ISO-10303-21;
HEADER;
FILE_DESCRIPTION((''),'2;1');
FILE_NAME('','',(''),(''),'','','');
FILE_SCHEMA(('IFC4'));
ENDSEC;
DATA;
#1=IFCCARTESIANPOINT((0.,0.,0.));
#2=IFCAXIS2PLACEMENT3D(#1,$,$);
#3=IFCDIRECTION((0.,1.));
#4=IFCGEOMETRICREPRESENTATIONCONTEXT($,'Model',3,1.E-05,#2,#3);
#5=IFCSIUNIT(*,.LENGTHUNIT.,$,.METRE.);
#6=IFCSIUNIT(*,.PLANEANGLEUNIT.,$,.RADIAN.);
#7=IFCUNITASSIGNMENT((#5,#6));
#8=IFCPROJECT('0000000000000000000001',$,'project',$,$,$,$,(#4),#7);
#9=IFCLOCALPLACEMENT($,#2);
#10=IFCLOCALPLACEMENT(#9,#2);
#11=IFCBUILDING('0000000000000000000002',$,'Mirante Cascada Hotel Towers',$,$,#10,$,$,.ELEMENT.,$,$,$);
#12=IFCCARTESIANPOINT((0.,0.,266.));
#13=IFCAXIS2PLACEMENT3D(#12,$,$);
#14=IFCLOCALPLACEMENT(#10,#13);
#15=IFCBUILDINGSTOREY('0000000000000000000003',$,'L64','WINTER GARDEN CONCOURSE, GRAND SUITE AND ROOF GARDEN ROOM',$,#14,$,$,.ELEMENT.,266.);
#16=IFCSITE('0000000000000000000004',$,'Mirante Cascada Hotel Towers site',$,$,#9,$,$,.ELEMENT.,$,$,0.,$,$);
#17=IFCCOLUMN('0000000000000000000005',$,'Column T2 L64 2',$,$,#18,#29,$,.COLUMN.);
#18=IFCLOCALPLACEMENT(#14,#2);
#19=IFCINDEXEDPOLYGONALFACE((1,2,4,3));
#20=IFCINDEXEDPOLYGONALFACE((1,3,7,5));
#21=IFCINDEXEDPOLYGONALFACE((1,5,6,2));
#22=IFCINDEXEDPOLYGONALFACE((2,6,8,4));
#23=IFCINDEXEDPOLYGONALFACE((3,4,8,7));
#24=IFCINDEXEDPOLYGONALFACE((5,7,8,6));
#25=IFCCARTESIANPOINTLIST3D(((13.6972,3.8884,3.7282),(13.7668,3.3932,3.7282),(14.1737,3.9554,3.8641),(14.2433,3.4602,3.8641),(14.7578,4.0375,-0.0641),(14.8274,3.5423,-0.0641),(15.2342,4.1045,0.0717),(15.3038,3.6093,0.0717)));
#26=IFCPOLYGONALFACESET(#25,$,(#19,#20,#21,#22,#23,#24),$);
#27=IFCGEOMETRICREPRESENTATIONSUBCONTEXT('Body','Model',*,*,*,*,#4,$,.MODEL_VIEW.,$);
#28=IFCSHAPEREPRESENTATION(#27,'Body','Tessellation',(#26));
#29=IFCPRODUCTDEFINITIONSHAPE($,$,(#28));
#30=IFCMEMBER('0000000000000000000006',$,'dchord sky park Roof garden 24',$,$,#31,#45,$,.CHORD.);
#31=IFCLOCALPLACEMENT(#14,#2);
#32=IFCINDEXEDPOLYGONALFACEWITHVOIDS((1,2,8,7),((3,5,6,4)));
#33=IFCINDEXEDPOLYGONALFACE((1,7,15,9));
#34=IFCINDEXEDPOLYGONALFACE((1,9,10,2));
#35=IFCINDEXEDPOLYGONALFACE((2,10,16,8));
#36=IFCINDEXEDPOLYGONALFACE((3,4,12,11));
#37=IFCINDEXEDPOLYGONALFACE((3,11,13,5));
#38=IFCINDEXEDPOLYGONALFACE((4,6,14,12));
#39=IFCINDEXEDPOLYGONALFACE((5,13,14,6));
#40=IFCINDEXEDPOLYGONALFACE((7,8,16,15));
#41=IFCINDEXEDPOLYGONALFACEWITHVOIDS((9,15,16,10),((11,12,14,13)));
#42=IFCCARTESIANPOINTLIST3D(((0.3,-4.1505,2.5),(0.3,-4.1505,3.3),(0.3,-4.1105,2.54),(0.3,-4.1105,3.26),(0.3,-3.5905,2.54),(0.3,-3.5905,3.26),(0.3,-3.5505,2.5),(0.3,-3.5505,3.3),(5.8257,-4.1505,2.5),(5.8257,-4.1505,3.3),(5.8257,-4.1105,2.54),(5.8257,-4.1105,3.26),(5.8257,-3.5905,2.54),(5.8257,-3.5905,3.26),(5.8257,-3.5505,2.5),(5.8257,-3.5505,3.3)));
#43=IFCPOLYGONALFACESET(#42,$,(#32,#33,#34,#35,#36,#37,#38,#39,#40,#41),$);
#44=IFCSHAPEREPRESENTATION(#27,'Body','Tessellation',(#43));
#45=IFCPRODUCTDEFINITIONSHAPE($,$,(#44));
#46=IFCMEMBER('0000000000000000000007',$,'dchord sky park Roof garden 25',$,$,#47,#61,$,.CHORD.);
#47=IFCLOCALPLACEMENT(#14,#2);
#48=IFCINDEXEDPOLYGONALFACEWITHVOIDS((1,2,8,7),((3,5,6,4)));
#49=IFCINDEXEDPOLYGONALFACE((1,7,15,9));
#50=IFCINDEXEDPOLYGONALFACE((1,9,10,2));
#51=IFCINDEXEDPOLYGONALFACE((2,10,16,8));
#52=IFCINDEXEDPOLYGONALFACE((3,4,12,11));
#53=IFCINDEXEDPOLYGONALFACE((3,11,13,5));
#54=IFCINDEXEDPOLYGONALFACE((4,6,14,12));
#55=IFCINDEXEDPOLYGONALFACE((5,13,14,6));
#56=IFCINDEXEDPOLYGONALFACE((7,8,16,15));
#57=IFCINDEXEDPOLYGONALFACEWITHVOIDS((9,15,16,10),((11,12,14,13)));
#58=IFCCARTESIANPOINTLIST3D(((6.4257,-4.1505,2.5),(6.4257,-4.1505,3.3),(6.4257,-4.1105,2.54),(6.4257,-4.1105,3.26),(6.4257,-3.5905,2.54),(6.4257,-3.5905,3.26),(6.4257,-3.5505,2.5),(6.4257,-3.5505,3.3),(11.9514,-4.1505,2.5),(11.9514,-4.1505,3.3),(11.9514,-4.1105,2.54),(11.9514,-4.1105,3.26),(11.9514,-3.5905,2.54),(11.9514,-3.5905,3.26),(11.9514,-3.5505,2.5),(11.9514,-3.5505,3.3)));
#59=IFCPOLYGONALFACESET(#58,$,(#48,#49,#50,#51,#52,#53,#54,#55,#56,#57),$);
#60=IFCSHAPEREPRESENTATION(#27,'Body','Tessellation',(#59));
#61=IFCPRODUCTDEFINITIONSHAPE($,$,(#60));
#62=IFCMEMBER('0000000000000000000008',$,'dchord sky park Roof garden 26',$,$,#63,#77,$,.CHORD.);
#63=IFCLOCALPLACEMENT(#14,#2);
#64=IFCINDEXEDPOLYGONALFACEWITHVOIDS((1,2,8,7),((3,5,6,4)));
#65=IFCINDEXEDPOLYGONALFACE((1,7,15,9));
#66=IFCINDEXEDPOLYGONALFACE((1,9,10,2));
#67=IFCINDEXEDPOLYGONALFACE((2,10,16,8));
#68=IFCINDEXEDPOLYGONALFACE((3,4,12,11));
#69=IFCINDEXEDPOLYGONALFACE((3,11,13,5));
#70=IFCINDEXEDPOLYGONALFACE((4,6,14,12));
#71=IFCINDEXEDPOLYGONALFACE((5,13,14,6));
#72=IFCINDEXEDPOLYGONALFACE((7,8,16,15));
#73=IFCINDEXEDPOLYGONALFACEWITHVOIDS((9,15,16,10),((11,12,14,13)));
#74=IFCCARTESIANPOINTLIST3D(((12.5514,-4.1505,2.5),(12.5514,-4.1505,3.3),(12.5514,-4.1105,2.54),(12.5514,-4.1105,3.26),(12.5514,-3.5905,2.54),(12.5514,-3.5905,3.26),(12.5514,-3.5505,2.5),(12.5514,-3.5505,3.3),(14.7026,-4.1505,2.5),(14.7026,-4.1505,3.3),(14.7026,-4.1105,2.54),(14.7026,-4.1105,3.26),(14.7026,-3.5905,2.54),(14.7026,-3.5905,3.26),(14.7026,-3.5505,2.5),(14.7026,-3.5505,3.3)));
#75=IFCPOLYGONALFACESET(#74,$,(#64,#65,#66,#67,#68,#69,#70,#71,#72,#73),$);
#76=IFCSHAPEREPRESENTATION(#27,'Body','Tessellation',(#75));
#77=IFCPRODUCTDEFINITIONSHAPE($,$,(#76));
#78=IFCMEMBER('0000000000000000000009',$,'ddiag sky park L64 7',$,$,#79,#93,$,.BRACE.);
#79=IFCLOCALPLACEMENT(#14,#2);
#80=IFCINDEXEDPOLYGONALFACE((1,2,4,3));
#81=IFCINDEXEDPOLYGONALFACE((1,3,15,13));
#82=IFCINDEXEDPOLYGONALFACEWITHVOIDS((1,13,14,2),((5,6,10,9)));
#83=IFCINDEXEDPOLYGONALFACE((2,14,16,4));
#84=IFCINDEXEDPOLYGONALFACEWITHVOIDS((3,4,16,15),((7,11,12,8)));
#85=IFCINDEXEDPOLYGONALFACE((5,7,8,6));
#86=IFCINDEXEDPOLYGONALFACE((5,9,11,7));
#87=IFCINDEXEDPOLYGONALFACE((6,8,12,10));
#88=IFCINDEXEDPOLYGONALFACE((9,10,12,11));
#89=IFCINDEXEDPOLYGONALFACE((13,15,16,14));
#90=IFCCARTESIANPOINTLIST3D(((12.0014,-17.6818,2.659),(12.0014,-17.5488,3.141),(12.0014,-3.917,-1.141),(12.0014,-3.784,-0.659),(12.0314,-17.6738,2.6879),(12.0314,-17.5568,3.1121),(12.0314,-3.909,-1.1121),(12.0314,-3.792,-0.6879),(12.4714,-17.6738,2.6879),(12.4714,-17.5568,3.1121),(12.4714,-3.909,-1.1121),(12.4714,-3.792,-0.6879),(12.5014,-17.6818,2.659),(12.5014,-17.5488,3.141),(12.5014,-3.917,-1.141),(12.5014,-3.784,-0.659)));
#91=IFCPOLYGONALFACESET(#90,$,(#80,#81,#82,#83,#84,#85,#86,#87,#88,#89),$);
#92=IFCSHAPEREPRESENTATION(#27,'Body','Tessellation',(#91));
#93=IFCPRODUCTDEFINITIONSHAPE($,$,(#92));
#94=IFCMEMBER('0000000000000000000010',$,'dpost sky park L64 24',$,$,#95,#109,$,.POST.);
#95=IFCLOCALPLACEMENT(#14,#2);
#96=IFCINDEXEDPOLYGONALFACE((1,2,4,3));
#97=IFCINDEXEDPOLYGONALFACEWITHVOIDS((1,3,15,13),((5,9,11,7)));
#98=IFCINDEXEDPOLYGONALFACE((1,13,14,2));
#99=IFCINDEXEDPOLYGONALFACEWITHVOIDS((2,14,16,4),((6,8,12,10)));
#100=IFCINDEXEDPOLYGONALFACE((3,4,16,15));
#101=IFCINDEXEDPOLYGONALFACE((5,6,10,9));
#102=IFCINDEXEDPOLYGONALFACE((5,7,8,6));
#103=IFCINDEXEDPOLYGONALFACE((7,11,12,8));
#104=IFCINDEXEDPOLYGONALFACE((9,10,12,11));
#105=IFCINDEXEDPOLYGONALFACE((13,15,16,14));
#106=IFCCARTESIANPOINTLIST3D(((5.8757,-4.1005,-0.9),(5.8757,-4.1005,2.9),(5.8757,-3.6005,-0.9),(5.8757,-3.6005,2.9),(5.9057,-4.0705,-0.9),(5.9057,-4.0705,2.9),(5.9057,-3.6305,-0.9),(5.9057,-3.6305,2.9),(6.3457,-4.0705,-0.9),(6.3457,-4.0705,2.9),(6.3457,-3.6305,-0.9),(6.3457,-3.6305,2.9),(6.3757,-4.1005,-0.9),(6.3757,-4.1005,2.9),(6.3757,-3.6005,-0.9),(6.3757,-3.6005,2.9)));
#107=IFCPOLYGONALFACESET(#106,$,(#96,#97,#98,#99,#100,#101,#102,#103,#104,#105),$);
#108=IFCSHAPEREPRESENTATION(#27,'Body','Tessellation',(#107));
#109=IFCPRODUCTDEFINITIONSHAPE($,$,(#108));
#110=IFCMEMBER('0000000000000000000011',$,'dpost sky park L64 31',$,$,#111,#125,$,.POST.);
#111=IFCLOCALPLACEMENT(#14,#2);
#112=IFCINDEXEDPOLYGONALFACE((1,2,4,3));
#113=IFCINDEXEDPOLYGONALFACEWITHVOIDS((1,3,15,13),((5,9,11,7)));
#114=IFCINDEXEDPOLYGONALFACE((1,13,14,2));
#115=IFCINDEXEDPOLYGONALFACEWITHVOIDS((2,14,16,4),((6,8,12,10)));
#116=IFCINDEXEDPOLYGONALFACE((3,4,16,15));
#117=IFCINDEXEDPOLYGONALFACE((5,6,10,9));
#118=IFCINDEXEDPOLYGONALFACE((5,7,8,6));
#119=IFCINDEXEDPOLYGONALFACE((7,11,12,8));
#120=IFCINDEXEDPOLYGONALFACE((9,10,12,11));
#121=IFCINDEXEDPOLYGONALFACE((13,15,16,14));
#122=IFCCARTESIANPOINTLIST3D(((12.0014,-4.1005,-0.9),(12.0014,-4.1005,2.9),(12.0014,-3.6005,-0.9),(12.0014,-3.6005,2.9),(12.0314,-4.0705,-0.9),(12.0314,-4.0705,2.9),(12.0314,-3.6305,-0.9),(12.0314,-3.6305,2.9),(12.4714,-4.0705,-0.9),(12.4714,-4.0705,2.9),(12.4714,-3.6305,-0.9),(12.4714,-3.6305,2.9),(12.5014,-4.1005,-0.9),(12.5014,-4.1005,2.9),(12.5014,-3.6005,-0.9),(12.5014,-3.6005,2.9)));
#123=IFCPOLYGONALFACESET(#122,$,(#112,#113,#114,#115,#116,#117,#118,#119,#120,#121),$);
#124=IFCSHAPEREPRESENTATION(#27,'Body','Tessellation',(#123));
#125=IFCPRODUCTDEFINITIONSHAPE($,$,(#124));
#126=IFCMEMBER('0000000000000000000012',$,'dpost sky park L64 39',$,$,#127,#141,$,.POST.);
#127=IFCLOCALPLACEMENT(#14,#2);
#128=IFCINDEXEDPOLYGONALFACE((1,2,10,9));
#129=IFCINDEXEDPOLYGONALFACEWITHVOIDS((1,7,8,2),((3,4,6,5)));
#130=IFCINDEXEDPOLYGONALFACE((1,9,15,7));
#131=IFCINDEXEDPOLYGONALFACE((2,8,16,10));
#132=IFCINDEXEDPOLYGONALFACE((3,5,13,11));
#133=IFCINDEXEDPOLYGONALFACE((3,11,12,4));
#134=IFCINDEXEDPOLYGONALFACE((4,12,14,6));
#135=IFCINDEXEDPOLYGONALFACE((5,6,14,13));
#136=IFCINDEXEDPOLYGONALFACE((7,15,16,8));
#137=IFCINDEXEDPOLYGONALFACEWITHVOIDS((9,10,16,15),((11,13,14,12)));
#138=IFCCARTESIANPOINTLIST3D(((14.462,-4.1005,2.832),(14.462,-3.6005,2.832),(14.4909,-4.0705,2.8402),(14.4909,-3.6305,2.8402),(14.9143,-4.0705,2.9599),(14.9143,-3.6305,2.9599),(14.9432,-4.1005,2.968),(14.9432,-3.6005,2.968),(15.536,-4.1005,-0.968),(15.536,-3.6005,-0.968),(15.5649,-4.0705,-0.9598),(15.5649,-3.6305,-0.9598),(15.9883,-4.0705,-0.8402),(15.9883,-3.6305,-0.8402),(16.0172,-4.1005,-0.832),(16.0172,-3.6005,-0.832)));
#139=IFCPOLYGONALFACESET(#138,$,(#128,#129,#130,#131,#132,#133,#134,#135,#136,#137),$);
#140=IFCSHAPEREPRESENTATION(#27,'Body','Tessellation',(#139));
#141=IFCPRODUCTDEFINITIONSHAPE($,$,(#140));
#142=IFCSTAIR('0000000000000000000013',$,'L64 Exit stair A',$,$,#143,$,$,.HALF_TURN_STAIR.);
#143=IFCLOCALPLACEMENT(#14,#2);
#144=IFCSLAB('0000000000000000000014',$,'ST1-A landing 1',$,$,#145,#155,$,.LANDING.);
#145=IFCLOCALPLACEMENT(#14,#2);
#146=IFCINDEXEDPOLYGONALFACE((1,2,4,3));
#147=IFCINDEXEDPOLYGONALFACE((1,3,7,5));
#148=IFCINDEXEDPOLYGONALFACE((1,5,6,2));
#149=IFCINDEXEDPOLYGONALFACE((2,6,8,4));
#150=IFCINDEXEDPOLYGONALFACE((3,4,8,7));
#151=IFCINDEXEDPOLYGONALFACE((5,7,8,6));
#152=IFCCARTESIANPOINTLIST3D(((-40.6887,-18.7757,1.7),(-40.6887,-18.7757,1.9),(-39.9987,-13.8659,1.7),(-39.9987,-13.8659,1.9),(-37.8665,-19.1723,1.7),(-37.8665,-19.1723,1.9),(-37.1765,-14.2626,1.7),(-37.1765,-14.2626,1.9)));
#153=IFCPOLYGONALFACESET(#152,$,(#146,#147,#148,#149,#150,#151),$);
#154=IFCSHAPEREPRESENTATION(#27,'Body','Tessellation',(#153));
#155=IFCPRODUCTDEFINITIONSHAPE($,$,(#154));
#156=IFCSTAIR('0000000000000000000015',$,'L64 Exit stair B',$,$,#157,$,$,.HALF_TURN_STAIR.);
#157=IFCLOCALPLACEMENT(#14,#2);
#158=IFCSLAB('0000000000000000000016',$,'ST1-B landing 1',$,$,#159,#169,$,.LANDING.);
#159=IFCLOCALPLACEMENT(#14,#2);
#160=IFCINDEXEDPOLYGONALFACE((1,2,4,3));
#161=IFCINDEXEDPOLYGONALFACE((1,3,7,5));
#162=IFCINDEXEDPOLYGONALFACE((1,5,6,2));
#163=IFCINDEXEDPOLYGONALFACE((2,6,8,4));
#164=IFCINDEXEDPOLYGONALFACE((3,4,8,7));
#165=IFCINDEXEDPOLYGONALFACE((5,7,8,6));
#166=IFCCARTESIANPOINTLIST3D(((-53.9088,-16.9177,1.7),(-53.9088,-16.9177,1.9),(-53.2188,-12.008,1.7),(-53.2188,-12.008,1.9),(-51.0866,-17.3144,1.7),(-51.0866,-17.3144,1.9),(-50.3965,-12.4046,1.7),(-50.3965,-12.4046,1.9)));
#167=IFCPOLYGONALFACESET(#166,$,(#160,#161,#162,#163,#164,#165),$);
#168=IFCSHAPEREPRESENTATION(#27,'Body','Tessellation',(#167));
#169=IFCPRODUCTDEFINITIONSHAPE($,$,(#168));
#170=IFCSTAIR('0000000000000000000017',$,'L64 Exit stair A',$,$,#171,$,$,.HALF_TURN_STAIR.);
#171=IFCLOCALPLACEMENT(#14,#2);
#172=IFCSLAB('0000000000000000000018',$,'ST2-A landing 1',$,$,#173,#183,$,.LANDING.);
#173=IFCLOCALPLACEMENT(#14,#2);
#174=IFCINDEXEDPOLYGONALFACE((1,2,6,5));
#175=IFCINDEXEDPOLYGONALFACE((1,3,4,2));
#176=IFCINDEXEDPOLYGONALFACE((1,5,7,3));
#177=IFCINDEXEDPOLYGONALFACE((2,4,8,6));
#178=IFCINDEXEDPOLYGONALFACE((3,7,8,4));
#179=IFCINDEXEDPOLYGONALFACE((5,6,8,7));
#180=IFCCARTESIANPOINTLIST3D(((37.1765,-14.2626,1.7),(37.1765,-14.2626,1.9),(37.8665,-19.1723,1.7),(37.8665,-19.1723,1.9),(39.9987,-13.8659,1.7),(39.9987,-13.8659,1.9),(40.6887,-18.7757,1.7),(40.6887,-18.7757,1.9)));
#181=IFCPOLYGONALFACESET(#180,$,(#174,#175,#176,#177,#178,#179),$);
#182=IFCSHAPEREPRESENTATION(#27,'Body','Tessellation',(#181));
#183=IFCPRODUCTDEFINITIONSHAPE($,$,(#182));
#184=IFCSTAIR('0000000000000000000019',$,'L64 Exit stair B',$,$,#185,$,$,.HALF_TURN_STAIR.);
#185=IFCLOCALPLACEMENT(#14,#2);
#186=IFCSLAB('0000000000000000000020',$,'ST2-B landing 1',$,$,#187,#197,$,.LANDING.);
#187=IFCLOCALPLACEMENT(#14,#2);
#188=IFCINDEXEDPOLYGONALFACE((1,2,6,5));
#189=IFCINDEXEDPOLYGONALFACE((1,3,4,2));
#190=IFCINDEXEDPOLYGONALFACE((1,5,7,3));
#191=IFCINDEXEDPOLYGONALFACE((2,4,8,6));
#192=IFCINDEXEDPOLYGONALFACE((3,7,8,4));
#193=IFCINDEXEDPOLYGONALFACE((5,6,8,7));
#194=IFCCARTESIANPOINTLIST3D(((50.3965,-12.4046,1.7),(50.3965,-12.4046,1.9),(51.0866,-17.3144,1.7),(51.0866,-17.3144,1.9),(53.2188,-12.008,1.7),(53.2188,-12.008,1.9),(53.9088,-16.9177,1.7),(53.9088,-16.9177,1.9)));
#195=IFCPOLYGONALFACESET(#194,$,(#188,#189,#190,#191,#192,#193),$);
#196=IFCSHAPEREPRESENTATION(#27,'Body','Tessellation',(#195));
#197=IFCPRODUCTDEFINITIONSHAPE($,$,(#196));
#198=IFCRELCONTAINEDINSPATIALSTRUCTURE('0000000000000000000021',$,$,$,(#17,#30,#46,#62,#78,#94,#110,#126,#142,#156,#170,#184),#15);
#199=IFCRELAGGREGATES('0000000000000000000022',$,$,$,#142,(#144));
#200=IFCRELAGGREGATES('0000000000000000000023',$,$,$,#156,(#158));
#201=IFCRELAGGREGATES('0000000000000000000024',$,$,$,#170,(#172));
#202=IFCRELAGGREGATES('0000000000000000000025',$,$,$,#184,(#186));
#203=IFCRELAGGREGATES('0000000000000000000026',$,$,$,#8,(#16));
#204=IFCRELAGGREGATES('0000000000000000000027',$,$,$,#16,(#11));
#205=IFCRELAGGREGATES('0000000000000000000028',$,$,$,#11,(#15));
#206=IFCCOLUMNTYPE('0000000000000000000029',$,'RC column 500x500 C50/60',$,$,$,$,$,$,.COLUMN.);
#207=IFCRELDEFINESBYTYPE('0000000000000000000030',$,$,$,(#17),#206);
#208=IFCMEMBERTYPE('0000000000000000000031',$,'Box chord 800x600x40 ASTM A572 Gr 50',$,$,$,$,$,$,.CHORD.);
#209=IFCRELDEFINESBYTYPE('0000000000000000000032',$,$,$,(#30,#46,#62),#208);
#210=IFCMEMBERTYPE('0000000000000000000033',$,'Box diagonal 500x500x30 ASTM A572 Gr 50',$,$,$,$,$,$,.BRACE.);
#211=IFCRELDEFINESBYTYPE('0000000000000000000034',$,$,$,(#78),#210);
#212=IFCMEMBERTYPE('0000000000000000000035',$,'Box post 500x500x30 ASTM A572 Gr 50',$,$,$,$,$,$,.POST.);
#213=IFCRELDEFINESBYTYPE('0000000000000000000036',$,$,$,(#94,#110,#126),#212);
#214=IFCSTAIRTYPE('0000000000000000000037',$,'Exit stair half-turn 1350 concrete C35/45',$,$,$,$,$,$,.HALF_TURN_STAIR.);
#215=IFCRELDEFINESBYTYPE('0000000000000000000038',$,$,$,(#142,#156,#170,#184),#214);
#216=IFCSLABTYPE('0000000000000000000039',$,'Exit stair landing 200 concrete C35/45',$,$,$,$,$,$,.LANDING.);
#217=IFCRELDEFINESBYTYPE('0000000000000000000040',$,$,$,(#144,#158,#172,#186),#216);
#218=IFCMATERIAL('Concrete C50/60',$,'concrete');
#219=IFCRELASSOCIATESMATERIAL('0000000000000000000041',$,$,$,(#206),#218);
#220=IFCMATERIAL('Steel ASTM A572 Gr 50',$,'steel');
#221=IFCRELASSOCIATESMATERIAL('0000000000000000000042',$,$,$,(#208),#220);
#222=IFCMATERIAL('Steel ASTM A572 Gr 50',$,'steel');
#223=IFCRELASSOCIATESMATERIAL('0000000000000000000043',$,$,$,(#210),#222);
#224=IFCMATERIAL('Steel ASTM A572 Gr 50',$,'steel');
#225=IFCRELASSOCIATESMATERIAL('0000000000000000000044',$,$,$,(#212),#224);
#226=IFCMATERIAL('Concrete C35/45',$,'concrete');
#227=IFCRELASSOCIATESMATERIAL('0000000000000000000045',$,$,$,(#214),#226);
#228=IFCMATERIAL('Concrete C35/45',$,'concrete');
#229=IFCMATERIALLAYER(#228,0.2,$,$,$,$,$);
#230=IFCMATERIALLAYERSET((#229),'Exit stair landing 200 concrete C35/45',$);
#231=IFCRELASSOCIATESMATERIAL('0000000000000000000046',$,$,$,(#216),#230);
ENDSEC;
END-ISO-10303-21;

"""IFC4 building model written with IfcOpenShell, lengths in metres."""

from ifc_helpers import new_model, si_unit, direction, frame, origin, origin_2d, place, context, subcontext, project, spatial, polyline, rectangle, hollow_rectangle, outline, extrude, material, layer, layer_set, material_profile, profile_set, type_object, element, aggregate, save


model = new_model("IFC4")

# Units and contexts
model_context = context("Model", 3, precision=1e-05, world=origin(), true_north=direction((0.0, 1.0)))
body_context = subcontext(model_context, "Body", "Model", "MODEL_VIEW")
ifc_project = project(units=[si_unit("LENGTHUNIT", "METRE"), si_unit("PLANEANGLEUNIT", "RADIAN")], contexts=[model_context])

# Site, building, storey
site_placement = place(None, origin())
site = spatial("IfcSite", under=ifc_project, at=site_placement, Name="Mirante Cascada Hotel Towers site", CompositionType="ELEMENT", RefElevation=0.0)
building_placement = place(site_placement, origin())
building = spatial("IfcBuilding", under=site, at=building_placement, Name="Mirante Cascada Hotel Towers", CompositionType="ELEMENT")
storey_placement = place(building_placement, frame((0.0, 0.0, 266.0)))
storey = spatial("IfcBuildingStorey", under=building, at=storey_placement, Name="L64", Description="WINTER GARDEN CONCOURSE, GRAND SUITE AND ROOF GARDEN ROOM", CompositionType="ELEMENT", Elevation=266.0)

# Column
ifc_material_1 = material(Name="Concrete C50/60", Category="concrete")
ifc_material_profile_1 = material_profile(ifc_material_1, rectangle(XDim=0.5, YDim=0.5, at=origin_2d()), Name="RC column 500x500 C50/60")
ifc_profile_set_1 = profile_set([ifc_material_profile_1], Name="Concrete C50/60")
column_type = type_object("IfcColumnType", Name="RC column 500x500 C50/60", PredefinedType="COLUMN", material=ifc_profile_set_1)
column_placement = place(storey_placement, frame((15.0308, 3.8234, 0.0038), z_axis=(-0.269137, -0.037836, 0.962358), x_axis=(0.139212, -0.990263, 0.0)))
element("IfcColumn", 1, at=column_placement, inside=storey, type_object=column_type, Name="Column T2 L64 2", PredefinedType="COLUMN", context=body_context, shape_type="SweptSolid", body=[
    extrude(rectangle(XDim=0.5, YDim=0.5, at=origin_2d()), origin(), (0.0, 0.0, 1.0), 3.9407),
])

# Members
ifc_material_2 = material(Name="Steel ASTM A572 Gr 50", Category="steel")
ifc_material_profile_2 = material_profile(ifc_material_2, hollow_rectangle(XDim=0.6, YDim=0.8, WallThickness=0.04, at=origin_2d()), Name="Box chord 800x600x40 ASTM A572 Gr 50")
ifc_profile_set_2 = profile_set([ifc_material_profile_2], Name="Steel ASTM A572 Gr 50")
member_type_1 = type_object("IfcMemberType", Name="Box chord 800x600x40 ASTM A572 Gr 50", PredefinedType="CHORD", material=ifc_profile_set_2)
for number, where, z_axis, x_axis, name in (
    (2, (0.3, -3.8505, 2.9), (1.0, 0.0, 0.0), (0.0, 1.0, 0.0), "dchord sky park Roof garden 24"),
    (3, (6.4257, -3.8505, 2.9), (1.0, 0.0, 0.0), (0.0, 1.0, 0.0), "dchord sky park Roof garden 25"),
):
    element("IfcMember", number, at=place(storey_placement, frame(where, z_axis=z_axis, x_axis=x_axis)), inside=storey, type_object=member_type_1, Name=name, PredefinedType="CHORD", context=body_context, shape_type="SweptSolid", body=[
        extrude(hollow_rectangle(XDim=0.6, YDim=0.8, WallThickness=0.04, at=origin_2d()), origin(), (0.0, 0.0, 1.0), 5.5257),
    ])
member_1_placement = place(storey_placement, frame((12.5514, -3.8505, 2.9), z_axis=(1.0, 0.0, 0.0), x_axis=(0.0, 1.0, 0.0)))
element("IfcMember", 4, at=member_1_placement, inside=storey, type_object=member_type_1, Name="dchord sky park Roof garden 26", PredefinedType="CHORD", context=body_context, shape_type="SweptSolid", body=[
    extrude(hollow_rectangle(XDim=0.6, YDim=0.8, WallThickness=0.04, at=origin_2d()), origin(), (0.0, 0.0, 1.0), 2.1512),
])
ifc_material_3 = material(Name="Steel ASTM A572 Gr 50", Category="steel")
ifc_material_profile_3 = material_profile(ifc_material_3, hollow_rectangle(XDim=0.5, YDim=0.5, WallThickness=0.03, at=origin_2d()), Name="Box diagonal 500x500x30 ASTM A572 Gr 50")
ifc_profile_set_3 = profile_set([ifc_material_profile_3], Name="Steel ASTM A572 Gr 50")
member_type_2 = type_object("IfcMemberType", Name="Box diagonal 500x500x30 ASTM A572 Gr 50", PredefinedType="BRACE", material=ifc_profile_set_3)
member_2_placement = place(storey_placement, frame((12.2514, -3.8505, -0.9), z_axis=(0.0, -0.963942, 0.266112), x_axis=(1.0, 0.0, 0.0)))
element("IfcMember", 5, at=member_2_placement, inside=storey, type_object=member_type_2, Name="ddiag sky park L64 7", PredefinedType="BRACE", context=body_context, shape_type="SweptSolid", body=[
    extrude(hollow_rectangle(XDim=0.5, YDim=0.5, WallThickness=0.03, at=origin_2d()), origin(), (0.0, 0.0, 1.0), 14.2797),
])
ifc_material_4 = material(Name="Steel ASTM A572 Gr 50", Category="steel")
ifc_material_profile_4 = material_profile(ifc_material_4, hollow_rectangle(XDim=0.5, YDim=0.5, WallThickness=0.03, at=origin_2d()), Name="Box post 500x500x30 ASTM A572 Gr 50")
ifc_profile_set_4 = profile_set([ifc_material_profile_4], Name="Steel ASTM A572 Gr 50")
member_type_3 = type_object("IfcMemberType", Name="Box post 500x500x30 ASTM A572 Gr 50", PredefinedType="POST", material=ifc_profile_set_4)
for number, where, z_axis, x_axis, name in (
    (6, (6.1257, -3.8505, -0.9), (0.0, 0.0, 1.0), (1.0, 0.0, 0.0), "dpost sky park L64 24"),
    (7, (12.2514, -3.8505, -0.9), (0.0, 0.0, 1.0), (1.0, 0.0, 0.0), "dpost sky park L64 31"),
):
    element("IfcMember", number, at=place(storey_placement, frame(where, z_axis=z_axis, x_axis=x_axis)), inside=storey, type_object=member_type_3, Name=name, PredefinedType="POST", context=body_context, shape_type="SweptSolid", body=[
        extrude(hollow_rectangle(XDim=0.5, YDim=0.5, WallThickness=0.03, at=origin_2d()), origin(), (0.0, 0.0, 1.0), 3.8),
    ])
member_3_placement = place(storey_placement, frame((15.7766, -3.8505, -0.9), z_axis=(-0.271977, 0.0, 0.962304), x_axis=(0.0, -1.0, 0.0)))
element("IfcMember", 8, at=member_3_placement, inside=storey, type_object=member_type_3, Name="dpost sky park L64 39", PredefinedType="POST", context=body_context, shape_type="SweptSolid", body=[
    extrude(hollow_rectangle(XDim=0.5, YDim=0.5, WallThickness=0.03, at=origin_2d()), origin(), (0.0, 0.0, 1.0), 3.9489),
])

# Stairs, slabs
ifc_material_5 = material(Name="Concrete C35/45", Category="concrete")
stair_type_1 = type_object("IfcStairType", Name="Exit stair half-turn 1350 concrete C35/45", PredefinedType="HALF_TURN_STAIR", material=ifc_material_5)
stair_1_placement = place(storey_placement, origin())
stair_1 = element("IfcStair", 9, at=stair_1_placement, inside=storey, type_object=stair_type_1, Name="L64 Exit stair A", PredefinedType="HALF_TURN_STAIR")
ifc_material_6 = material(Name="Concrete C35/45", Category="concrete")
ifc_layer_1 = layer(ifc_material_6, 0.2)
ifc_layer_set_1 = layer_set([ifc_layer_1], Name="Exit stair landing 200 concrete C35/45")
slab_type = type_object("IfcSlabType", Name="Exit stair landing 200 concrete C35/45", PredefinedType="LANDING", material=ifc_layer_set_1)
slab_1_placement = place(storey_placement, frame((0.0, 0.0, 1.7)))
slab_1 = element("IfcSlab", 10, at=slab_1_placement, type_object=slab_type, Name="ST1-A landing 1", PredefinedType="LANDING", context=body_context, shape_type="SweptSolid", body=[
    extrude(outline(polyline([(-39.9987, -13.8659), (-40.6887, -18.7757), (-37.8665, -19.1723), (-37.1765, -14.2626), (-39.9987, -13.8659)])), origin(), (0.0, 0.0, 1.0), 0.2),
])
aggregate(stair_1, [slab_1])
stair_2_placement = place(storey_placement, origin())
stair_2 = element("IfcStair", 11, at=stair_2_placement, inside=storey, type_object=stair_type_1, Name="L64 Exit stair B", PredefinedType="HALF_TURN_STAIR")
slab_2_placement = place(storey_placement, frame((0.0, 0.0, 1.7)))
slab_2 = element("IfcSlab", 12, at=slab_2_placement, type_object=slab_type, Name="ST1-B landing 1", PredefinedType="LANDING", context=body_context, shape_type="SweptSolid", body=[
    extrude(outline(polyline([(-53.2188, -12.008), (-53.9088, -16.9177), (-51.0866, -17.3144), (-50.3965, -12.4046), (-53.2188, -12.008)])), origin(), (0.0, 0.0, 1.0), 0.2),
])
aggregate(stair_2, [slab_2])
stair_3_placement = place(storey_placement, origin())
stair_3 = element("IfcStair", 13, at=stair_3_placement, inside=storey, type_object=stair_type_1, Name="L64 Exit stair A", PredefinedType="HALF_TURN_STAIR")
slab_3_placement = place(storey_placement, frame((0.0, 0.0, 1.7)))
slab_3 = element("IfcSlab", 14, at=slab_3_placement, type_object=slab_type, Name="ST2-A landing 1", PredefinedType="LANDING", context=body_context, shape_type="SweptSolid", body=[
    extrude(outline(polyline([(37.1765, -14.2626), (37.8665, -19.1723), (40.6887, -18.7757), (39.9987, -13.8659), (37.1765, -14.2626)])), origin(), (0.0, 0.0, 1.0), 0.2),
])
aggregate(stair_3, [slab_3])
stair_4_placement = place(storey_placement, origin())
stair_4 = element("IfcStair", 15, at=stair_4_placement, inside=storey, type_object=stair_type_1, Name="L64 Exit stair B", PredefinedType="HALF_TURN_STAIR")
slab_4_placement = place(storey_placement, frame((0.0, 0.0, 1.7)))
slab_4 = element("IfcSlab", 16, at=slab_4_placement, type_object=slab_type, Name="ST2-B landing 1", PredefinedType="LANDING", context=body_context, shape_type="SweptSolid", body=[
    extrude(outline(polyline([(50.3965, -12.4046), (51.0866, -17.3144), (53.9088, -16.9177), (53.2188, -12.008), (50.3965, -12.4046)])), origin(), (0.0, 0.0, 1.0), 0.2),
])
aggregate(stair_4, [slab_4])

save(model, "model.ifc")
